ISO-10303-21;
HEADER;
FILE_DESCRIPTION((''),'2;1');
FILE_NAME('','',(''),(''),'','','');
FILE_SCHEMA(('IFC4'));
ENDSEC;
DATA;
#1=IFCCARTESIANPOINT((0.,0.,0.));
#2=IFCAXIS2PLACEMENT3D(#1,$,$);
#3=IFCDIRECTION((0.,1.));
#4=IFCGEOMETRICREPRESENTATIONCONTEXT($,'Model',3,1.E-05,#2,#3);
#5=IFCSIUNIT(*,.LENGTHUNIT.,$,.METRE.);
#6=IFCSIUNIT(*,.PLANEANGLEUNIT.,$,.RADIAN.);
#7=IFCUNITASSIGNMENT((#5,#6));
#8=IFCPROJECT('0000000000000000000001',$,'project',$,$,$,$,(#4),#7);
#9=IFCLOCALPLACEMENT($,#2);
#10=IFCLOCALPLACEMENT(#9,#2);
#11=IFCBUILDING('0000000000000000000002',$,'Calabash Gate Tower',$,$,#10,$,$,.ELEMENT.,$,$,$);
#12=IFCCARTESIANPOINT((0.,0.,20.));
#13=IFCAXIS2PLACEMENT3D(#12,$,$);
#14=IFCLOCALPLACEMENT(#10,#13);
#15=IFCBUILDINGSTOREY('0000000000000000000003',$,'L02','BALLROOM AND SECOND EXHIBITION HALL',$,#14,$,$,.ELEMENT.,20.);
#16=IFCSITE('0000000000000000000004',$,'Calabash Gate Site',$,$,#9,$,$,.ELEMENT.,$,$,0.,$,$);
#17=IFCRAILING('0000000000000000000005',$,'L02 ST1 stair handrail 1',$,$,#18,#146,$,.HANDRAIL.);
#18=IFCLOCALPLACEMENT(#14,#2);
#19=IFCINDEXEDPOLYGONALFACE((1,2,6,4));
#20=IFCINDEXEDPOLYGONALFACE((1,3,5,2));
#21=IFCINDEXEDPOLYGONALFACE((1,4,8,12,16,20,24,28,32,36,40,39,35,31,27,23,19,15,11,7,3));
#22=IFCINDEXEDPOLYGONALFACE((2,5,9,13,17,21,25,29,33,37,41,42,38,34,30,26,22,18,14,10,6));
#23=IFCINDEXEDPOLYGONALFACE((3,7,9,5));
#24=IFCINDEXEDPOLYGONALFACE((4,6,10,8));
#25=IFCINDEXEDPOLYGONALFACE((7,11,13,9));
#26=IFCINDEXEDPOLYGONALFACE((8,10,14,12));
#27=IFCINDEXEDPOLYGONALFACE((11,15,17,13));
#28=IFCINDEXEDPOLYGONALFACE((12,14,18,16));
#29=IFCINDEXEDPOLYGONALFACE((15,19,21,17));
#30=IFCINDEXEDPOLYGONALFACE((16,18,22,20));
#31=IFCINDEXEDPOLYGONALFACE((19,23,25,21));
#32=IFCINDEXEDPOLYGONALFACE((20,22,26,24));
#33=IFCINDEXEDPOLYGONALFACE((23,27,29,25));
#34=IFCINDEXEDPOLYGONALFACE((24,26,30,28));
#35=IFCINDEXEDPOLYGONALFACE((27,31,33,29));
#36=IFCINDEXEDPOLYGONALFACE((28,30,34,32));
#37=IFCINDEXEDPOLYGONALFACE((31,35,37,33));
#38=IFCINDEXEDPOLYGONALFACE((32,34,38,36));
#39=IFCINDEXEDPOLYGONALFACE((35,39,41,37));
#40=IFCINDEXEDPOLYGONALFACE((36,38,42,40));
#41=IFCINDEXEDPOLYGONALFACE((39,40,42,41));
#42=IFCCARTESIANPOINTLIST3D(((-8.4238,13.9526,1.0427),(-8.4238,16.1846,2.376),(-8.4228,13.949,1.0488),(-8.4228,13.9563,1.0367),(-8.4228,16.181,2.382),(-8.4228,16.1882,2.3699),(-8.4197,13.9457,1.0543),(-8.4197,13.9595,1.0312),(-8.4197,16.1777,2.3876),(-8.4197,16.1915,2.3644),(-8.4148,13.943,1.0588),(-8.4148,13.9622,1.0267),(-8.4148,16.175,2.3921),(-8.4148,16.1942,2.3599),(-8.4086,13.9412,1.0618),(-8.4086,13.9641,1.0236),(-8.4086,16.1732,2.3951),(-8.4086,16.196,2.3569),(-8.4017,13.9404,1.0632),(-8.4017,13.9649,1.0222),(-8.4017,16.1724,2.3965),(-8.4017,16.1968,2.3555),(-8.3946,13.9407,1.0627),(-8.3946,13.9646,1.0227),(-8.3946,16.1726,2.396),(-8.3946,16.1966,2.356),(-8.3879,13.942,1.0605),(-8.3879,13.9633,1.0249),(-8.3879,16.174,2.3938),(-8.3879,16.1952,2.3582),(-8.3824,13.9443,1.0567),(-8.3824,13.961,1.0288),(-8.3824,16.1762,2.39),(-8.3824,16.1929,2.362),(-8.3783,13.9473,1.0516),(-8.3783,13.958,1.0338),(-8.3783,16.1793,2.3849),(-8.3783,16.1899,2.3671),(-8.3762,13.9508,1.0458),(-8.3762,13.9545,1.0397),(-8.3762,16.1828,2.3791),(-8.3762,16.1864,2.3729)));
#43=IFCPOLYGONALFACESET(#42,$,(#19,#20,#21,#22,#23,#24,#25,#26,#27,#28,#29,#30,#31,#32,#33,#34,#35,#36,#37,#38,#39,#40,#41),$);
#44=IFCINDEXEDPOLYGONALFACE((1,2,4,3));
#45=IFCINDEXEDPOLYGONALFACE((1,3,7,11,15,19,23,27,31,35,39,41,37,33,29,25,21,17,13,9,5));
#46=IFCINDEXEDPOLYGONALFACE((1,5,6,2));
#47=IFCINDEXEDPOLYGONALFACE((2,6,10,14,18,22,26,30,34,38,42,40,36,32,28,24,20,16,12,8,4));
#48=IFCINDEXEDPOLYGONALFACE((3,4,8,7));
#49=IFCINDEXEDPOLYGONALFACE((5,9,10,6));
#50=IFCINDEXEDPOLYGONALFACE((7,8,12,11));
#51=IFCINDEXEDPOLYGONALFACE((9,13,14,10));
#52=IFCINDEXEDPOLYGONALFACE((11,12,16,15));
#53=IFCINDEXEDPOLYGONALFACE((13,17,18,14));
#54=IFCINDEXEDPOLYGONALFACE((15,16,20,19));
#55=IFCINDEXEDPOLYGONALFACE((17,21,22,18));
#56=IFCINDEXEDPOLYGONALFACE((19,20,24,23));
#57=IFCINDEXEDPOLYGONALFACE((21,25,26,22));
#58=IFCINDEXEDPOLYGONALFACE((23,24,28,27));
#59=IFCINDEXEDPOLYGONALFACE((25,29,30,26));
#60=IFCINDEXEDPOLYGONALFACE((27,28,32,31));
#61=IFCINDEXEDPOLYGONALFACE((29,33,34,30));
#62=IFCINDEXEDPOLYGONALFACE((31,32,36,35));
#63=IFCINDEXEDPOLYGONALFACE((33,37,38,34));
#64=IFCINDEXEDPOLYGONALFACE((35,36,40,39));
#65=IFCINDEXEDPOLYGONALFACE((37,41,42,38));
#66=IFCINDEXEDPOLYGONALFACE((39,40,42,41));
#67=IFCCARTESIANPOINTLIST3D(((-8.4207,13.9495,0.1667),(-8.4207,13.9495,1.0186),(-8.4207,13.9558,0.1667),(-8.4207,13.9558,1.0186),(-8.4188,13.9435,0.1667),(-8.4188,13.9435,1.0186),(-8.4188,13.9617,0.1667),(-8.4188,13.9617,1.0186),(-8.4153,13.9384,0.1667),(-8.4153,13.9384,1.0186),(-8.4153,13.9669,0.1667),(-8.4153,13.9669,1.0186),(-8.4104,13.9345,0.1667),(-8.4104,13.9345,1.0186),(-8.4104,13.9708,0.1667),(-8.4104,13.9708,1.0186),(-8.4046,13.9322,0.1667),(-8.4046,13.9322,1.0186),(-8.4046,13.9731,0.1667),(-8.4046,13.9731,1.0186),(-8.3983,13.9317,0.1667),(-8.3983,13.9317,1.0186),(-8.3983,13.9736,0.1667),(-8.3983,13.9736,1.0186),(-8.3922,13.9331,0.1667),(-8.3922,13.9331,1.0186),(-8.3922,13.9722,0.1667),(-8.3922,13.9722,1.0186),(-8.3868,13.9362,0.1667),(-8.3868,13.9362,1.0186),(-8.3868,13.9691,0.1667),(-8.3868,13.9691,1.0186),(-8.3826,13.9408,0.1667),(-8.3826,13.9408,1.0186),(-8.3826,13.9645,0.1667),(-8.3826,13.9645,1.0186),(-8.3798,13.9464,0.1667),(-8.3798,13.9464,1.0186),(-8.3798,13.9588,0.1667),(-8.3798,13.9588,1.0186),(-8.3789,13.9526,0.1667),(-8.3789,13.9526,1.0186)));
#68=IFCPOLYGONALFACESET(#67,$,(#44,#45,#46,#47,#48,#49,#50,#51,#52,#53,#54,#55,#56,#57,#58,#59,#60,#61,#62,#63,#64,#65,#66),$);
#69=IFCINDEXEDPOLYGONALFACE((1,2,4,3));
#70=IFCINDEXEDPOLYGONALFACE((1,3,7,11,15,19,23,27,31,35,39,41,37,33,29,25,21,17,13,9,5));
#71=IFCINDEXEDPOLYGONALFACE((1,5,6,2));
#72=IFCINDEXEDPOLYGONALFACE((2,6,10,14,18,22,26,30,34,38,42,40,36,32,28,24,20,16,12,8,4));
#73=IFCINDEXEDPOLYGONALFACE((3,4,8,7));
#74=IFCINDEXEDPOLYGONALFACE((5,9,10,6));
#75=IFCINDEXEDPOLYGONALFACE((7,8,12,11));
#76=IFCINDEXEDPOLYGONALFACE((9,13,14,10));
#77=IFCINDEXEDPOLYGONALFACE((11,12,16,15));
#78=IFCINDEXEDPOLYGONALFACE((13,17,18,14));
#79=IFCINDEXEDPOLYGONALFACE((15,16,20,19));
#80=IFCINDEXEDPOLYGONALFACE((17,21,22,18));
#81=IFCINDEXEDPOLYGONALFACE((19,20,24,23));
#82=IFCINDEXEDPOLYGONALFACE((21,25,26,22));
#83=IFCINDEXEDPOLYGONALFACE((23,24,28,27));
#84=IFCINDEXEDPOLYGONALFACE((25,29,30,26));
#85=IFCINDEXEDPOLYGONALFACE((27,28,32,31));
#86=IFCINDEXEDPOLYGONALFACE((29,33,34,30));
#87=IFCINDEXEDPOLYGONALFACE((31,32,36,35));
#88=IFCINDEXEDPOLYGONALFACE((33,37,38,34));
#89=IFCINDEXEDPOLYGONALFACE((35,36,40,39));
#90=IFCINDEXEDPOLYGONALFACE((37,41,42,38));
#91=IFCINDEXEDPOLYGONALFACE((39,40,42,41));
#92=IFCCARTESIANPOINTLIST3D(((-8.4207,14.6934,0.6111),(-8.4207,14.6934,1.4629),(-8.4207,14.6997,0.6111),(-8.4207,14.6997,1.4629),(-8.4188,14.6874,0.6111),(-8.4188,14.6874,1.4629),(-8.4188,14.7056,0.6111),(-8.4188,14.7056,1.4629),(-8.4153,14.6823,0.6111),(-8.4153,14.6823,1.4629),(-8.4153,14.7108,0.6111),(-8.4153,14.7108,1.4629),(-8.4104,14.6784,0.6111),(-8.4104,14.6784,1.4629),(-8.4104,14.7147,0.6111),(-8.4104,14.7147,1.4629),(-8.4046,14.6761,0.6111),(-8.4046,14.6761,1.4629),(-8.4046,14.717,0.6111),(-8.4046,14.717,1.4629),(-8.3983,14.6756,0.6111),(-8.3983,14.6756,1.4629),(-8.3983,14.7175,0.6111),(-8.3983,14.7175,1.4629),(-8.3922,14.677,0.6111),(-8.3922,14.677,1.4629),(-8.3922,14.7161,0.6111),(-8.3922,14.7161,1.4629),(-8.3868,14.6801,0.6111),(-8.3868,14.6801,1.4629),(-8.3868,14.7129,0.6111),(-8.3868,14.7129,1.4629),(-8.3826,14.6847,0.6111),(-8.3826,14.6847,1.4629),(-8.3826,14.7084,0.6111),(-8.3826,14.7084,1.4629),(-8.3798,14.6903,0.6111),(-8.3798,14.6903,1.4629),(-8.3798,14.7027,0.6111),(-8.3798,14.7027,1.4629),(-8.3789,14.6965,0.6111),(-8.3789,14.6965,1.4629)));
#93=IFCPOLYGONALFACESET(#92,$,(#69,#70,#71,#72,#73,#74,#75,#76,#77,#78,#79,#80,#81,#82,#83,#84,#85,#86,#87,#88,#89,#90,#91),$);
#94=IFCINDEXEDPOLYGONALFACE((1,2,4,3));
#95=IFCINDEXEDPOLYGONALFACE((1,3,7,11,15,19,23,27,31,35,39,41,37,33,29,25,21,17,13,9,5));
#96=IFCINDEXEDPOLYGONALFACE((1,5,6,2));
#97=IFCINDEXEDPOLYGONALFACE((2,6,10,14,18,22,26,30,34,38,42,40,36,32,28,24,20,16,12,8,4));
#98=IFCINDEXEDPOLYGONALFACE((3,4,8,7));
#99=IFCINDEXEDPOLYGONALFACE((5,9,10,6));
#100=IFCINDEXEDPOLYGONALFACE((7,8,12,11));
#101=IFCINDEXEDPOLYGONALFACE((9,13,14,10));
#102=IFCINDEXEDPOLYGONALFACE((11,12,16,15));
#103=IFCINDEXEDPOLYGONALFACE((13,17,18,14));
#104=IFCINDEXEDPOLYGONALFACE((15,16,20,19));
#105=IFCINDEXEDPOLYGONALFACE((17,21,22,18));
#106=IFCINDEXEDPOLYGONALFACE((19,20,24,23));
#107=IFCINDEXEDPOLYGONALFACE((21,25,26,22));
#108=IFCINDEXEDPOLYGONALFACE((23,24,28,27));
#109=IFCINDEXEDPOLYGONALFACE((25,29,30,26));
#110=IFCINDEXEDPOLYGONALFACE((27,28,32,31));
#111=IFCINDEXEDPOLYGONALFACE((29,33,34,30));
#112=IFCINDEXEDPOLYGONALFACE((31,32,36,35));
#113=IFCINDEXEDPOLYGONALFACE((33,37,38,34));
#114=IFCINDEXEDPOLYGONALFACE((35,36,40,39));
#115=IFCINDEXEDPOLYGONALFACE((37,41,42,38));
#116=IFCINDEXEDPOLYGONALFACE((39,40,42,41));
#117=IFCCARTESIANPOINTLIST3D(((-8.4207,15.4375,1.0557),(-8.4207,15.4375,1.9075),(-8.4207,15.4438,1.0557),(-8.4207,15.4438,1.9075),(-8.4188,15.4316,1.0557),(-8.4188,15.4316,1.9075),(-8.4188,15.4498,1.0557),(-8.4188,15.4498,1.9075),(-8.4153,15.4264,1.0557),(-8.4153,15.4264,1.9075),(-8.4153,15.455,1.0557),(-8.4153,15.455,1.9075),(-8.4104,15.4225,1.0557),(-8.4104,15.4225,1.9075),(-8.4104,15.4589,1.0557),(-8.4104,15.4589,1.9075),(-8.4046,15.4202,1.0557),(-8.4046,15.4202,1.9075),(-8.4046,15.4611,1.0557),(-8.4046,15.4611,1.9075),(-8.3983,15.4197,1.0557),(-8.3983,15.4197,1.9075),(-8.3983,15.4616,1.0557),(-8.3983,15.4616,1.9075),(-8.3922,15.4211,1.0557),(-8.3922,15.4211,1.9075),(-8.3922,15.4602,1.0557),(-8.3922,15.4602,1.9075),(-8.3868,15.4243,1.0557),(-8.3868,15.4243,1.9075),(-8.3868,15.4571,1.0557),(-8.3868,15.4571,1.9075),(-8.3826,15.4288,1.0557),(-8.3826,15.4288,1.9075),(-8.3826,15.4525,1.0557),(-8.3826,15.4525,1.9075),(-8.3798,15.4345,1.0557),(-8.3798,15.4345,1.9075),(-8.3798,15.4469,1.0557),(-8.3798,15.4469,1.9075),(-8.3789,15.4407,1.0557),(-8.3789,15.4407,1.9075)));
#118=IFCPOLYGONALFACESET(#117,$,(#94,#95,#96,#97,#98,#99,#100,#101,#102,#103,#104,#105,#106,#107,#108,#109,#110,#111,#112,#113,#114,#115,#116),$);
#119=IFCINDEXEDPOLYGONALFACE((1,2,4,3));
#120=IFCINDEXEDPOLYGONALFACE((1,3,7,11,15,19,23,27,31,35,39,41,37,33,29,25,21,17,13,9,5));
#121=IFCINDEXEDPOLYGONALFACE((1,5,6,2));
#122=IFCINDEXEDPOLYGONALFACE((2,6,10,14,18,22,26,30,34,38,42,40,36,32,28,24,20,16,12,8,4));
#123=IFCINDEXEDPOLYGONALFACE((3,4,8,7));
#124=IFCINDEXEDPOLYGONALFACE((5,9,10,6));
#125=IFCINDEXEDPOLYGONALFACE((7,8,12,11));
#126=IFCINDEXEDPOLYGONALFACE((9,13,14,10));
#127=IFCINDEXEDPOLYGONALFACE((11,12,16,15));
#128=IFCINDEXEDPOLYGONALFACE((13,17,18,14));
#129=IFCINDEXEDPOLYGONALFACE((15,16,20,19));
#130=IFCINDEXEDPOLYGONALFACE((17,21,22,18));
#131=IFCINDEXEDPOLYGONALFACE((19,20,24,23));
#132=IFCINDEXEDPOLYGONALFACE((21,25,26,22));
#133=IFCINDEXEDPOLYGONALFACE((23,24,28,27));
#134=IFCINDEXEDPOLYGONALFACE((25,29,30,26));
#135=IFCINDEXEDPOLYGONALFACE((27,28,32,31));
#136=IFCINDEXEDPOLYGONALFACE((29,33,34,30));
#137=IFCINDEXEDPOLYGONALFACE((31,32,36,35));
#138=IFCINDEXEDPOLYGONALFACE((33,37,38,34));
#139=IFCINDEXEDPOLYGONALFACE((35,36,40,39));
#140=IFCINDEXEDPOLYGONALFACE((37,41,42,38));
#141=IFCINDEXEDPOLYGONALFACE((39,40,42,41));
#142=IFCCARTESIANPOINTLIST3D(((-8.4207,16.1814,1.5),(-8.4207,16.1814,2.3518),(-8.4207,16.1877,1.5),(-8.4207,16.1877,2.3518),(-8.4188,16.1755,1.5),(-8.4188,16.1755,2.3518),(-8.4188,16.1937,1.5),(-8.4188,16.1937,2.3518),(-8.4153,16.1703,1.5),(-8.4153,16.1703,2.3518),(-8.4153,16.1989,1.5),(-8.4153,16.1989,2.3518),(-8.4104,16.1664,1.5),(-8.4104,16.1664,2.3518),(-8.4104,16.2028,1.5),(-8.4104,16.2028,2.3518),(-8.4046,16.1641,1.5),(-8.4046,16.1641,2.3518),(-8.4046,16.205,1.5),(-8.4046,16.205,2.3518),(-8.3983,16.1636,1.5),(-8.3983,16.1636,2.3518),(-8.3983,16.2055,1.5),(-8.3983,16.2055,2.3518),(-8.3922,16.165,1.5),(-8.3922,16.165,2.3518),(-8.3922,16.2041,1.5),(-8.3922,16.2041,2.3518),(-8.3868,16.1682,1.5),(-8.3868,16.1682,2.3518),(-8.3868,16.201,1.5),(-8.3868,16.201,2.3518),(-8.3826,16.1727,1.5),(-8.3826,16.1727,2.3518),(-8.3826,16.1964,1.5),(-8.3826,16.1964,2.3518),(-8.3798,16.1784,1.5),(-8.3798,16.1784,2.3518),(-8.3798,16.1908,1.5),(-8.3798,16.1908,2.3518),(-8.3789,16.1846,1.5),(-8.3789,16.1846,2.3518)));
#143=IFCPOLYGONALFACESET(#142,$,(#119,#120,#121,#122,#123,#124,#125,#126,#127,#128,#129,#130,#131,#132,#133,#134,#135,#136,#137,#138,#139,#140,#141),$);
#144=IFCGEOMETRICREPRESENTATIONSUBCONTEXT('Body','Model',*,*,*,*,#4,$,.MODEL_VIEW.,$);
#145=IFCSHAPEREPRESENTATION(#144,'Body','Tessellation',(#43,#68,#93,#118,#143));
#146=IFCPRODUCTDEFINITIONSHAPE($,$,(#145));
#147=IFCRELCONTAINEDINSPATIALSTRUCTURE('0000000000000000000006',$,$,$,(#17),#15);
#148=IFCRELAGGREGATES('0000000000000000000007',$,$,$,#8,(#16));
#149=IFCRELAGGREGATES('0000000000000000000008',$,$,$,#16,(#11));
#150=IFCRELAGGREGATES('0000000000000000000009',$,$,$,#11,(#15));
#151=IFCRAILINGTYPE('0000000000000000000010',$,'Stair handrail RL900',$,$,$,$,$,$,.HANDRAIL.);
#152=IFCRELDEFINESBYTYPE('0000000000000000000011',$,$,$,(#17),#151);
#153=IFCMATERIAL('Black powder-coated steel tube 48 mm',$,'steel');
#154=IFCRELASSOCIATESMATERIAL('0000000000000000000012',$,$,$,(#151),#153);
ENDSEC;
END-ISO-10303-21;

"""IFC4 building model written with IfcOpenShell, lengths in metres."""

from ifc_helpers import new_model, si_unit, direction, frame, origin, origin_2d, place, context, subcontext, project, spatial, circle, extrude, material, type_object, element, save


model = new_model("IFC4")

# Units and contexts
model_context = context("Model", 3, precision=1e-05, world=origin(), true_north=direction((0.0, 1.0)))
body_context = subcontext(model_context, "Body", "Model", "MODEL_VIEW")
ifc_project = project(units=[si_unit("LENGTHUNIT", "METRE"), si_unit("PLANEANGLEUNIT", "RADIAN")], contexts=[model_context])

# Site, building, storey
site_placement = place(None, origin())
site = spatial("IfcSite", under=ifc_project, at=site_placement, Name="Calabash Gate Site", CompositionType="ELEMENT", RefElevation=0.0)
building_placement = place(site_placement, origin())
building = spatial("IfcBuilding", under=site, at=building_placement, Name="Calabash Gate Tower", CompositionType="ELEMENT")
storey_placement = place(building_placement, frame((0.0, 0.0, 20.0)))
storey = spatial("IfcBuildingStorey", under=building, at=storey_placement, Name="L02", Description="BALLROOM AND SECOND EXHIBITION HALL", CompositionType="ELEMENT", Elevation=20.0)

# Railing
ifc_material_1 = material(Name="Black powder-coated steel tube 48 mm", Category="steel")
railing_type_1 = type_object("IfcRailingType", Name="Stair handrail RL900", PredefinedType="HANDRAIL", material=ifc_material_1)
railing_1_placement = place(storey_placement, frame((-8.3999, 13.9526, 0.1667)))
element("IfcRailing", 1, at=railing_1_placement, inside=storey, type_object=railing_type_1, Name="L02 ST1 stair handrail 1", PredefinedType="HANDRAIL", context=body_context, shape_type="SweptSolid", body=[
    extrude(circle(Radius=0.0239, at=origin_2d()), frame((0.0, 0.0, 0.876), z_axis=(0.0, 0.858494, 0.512824), x_axis=(-1.0, 0.0, 0.0)), (0.0, 0.0, 1.0), 2.5999),
    extrude(circle(Radius=0.021, at=origin_2d()), origin(), (0.0, 0.0, 1.0), 0.8518),
    extrude(circle(Radius=0.021, at=origin_2d()), frame((0.0, 0.7439, 0.4443)), (0.0, 0.0, 1.0), 0.8518),
    extrude(circle(Radius=0.021, at=origin_2d()), frame((0.0, 1.488, 0.8889)), (0.0, 0.0, 1.0), 0.8518),
    extrude(circle(Radius=0.021, at=origin_2d()), frame((0.0, 2.2319, 1.3333)), (0.0, 0.0, 1.0), 0.8518),
])

save(model, "model.ifc")
